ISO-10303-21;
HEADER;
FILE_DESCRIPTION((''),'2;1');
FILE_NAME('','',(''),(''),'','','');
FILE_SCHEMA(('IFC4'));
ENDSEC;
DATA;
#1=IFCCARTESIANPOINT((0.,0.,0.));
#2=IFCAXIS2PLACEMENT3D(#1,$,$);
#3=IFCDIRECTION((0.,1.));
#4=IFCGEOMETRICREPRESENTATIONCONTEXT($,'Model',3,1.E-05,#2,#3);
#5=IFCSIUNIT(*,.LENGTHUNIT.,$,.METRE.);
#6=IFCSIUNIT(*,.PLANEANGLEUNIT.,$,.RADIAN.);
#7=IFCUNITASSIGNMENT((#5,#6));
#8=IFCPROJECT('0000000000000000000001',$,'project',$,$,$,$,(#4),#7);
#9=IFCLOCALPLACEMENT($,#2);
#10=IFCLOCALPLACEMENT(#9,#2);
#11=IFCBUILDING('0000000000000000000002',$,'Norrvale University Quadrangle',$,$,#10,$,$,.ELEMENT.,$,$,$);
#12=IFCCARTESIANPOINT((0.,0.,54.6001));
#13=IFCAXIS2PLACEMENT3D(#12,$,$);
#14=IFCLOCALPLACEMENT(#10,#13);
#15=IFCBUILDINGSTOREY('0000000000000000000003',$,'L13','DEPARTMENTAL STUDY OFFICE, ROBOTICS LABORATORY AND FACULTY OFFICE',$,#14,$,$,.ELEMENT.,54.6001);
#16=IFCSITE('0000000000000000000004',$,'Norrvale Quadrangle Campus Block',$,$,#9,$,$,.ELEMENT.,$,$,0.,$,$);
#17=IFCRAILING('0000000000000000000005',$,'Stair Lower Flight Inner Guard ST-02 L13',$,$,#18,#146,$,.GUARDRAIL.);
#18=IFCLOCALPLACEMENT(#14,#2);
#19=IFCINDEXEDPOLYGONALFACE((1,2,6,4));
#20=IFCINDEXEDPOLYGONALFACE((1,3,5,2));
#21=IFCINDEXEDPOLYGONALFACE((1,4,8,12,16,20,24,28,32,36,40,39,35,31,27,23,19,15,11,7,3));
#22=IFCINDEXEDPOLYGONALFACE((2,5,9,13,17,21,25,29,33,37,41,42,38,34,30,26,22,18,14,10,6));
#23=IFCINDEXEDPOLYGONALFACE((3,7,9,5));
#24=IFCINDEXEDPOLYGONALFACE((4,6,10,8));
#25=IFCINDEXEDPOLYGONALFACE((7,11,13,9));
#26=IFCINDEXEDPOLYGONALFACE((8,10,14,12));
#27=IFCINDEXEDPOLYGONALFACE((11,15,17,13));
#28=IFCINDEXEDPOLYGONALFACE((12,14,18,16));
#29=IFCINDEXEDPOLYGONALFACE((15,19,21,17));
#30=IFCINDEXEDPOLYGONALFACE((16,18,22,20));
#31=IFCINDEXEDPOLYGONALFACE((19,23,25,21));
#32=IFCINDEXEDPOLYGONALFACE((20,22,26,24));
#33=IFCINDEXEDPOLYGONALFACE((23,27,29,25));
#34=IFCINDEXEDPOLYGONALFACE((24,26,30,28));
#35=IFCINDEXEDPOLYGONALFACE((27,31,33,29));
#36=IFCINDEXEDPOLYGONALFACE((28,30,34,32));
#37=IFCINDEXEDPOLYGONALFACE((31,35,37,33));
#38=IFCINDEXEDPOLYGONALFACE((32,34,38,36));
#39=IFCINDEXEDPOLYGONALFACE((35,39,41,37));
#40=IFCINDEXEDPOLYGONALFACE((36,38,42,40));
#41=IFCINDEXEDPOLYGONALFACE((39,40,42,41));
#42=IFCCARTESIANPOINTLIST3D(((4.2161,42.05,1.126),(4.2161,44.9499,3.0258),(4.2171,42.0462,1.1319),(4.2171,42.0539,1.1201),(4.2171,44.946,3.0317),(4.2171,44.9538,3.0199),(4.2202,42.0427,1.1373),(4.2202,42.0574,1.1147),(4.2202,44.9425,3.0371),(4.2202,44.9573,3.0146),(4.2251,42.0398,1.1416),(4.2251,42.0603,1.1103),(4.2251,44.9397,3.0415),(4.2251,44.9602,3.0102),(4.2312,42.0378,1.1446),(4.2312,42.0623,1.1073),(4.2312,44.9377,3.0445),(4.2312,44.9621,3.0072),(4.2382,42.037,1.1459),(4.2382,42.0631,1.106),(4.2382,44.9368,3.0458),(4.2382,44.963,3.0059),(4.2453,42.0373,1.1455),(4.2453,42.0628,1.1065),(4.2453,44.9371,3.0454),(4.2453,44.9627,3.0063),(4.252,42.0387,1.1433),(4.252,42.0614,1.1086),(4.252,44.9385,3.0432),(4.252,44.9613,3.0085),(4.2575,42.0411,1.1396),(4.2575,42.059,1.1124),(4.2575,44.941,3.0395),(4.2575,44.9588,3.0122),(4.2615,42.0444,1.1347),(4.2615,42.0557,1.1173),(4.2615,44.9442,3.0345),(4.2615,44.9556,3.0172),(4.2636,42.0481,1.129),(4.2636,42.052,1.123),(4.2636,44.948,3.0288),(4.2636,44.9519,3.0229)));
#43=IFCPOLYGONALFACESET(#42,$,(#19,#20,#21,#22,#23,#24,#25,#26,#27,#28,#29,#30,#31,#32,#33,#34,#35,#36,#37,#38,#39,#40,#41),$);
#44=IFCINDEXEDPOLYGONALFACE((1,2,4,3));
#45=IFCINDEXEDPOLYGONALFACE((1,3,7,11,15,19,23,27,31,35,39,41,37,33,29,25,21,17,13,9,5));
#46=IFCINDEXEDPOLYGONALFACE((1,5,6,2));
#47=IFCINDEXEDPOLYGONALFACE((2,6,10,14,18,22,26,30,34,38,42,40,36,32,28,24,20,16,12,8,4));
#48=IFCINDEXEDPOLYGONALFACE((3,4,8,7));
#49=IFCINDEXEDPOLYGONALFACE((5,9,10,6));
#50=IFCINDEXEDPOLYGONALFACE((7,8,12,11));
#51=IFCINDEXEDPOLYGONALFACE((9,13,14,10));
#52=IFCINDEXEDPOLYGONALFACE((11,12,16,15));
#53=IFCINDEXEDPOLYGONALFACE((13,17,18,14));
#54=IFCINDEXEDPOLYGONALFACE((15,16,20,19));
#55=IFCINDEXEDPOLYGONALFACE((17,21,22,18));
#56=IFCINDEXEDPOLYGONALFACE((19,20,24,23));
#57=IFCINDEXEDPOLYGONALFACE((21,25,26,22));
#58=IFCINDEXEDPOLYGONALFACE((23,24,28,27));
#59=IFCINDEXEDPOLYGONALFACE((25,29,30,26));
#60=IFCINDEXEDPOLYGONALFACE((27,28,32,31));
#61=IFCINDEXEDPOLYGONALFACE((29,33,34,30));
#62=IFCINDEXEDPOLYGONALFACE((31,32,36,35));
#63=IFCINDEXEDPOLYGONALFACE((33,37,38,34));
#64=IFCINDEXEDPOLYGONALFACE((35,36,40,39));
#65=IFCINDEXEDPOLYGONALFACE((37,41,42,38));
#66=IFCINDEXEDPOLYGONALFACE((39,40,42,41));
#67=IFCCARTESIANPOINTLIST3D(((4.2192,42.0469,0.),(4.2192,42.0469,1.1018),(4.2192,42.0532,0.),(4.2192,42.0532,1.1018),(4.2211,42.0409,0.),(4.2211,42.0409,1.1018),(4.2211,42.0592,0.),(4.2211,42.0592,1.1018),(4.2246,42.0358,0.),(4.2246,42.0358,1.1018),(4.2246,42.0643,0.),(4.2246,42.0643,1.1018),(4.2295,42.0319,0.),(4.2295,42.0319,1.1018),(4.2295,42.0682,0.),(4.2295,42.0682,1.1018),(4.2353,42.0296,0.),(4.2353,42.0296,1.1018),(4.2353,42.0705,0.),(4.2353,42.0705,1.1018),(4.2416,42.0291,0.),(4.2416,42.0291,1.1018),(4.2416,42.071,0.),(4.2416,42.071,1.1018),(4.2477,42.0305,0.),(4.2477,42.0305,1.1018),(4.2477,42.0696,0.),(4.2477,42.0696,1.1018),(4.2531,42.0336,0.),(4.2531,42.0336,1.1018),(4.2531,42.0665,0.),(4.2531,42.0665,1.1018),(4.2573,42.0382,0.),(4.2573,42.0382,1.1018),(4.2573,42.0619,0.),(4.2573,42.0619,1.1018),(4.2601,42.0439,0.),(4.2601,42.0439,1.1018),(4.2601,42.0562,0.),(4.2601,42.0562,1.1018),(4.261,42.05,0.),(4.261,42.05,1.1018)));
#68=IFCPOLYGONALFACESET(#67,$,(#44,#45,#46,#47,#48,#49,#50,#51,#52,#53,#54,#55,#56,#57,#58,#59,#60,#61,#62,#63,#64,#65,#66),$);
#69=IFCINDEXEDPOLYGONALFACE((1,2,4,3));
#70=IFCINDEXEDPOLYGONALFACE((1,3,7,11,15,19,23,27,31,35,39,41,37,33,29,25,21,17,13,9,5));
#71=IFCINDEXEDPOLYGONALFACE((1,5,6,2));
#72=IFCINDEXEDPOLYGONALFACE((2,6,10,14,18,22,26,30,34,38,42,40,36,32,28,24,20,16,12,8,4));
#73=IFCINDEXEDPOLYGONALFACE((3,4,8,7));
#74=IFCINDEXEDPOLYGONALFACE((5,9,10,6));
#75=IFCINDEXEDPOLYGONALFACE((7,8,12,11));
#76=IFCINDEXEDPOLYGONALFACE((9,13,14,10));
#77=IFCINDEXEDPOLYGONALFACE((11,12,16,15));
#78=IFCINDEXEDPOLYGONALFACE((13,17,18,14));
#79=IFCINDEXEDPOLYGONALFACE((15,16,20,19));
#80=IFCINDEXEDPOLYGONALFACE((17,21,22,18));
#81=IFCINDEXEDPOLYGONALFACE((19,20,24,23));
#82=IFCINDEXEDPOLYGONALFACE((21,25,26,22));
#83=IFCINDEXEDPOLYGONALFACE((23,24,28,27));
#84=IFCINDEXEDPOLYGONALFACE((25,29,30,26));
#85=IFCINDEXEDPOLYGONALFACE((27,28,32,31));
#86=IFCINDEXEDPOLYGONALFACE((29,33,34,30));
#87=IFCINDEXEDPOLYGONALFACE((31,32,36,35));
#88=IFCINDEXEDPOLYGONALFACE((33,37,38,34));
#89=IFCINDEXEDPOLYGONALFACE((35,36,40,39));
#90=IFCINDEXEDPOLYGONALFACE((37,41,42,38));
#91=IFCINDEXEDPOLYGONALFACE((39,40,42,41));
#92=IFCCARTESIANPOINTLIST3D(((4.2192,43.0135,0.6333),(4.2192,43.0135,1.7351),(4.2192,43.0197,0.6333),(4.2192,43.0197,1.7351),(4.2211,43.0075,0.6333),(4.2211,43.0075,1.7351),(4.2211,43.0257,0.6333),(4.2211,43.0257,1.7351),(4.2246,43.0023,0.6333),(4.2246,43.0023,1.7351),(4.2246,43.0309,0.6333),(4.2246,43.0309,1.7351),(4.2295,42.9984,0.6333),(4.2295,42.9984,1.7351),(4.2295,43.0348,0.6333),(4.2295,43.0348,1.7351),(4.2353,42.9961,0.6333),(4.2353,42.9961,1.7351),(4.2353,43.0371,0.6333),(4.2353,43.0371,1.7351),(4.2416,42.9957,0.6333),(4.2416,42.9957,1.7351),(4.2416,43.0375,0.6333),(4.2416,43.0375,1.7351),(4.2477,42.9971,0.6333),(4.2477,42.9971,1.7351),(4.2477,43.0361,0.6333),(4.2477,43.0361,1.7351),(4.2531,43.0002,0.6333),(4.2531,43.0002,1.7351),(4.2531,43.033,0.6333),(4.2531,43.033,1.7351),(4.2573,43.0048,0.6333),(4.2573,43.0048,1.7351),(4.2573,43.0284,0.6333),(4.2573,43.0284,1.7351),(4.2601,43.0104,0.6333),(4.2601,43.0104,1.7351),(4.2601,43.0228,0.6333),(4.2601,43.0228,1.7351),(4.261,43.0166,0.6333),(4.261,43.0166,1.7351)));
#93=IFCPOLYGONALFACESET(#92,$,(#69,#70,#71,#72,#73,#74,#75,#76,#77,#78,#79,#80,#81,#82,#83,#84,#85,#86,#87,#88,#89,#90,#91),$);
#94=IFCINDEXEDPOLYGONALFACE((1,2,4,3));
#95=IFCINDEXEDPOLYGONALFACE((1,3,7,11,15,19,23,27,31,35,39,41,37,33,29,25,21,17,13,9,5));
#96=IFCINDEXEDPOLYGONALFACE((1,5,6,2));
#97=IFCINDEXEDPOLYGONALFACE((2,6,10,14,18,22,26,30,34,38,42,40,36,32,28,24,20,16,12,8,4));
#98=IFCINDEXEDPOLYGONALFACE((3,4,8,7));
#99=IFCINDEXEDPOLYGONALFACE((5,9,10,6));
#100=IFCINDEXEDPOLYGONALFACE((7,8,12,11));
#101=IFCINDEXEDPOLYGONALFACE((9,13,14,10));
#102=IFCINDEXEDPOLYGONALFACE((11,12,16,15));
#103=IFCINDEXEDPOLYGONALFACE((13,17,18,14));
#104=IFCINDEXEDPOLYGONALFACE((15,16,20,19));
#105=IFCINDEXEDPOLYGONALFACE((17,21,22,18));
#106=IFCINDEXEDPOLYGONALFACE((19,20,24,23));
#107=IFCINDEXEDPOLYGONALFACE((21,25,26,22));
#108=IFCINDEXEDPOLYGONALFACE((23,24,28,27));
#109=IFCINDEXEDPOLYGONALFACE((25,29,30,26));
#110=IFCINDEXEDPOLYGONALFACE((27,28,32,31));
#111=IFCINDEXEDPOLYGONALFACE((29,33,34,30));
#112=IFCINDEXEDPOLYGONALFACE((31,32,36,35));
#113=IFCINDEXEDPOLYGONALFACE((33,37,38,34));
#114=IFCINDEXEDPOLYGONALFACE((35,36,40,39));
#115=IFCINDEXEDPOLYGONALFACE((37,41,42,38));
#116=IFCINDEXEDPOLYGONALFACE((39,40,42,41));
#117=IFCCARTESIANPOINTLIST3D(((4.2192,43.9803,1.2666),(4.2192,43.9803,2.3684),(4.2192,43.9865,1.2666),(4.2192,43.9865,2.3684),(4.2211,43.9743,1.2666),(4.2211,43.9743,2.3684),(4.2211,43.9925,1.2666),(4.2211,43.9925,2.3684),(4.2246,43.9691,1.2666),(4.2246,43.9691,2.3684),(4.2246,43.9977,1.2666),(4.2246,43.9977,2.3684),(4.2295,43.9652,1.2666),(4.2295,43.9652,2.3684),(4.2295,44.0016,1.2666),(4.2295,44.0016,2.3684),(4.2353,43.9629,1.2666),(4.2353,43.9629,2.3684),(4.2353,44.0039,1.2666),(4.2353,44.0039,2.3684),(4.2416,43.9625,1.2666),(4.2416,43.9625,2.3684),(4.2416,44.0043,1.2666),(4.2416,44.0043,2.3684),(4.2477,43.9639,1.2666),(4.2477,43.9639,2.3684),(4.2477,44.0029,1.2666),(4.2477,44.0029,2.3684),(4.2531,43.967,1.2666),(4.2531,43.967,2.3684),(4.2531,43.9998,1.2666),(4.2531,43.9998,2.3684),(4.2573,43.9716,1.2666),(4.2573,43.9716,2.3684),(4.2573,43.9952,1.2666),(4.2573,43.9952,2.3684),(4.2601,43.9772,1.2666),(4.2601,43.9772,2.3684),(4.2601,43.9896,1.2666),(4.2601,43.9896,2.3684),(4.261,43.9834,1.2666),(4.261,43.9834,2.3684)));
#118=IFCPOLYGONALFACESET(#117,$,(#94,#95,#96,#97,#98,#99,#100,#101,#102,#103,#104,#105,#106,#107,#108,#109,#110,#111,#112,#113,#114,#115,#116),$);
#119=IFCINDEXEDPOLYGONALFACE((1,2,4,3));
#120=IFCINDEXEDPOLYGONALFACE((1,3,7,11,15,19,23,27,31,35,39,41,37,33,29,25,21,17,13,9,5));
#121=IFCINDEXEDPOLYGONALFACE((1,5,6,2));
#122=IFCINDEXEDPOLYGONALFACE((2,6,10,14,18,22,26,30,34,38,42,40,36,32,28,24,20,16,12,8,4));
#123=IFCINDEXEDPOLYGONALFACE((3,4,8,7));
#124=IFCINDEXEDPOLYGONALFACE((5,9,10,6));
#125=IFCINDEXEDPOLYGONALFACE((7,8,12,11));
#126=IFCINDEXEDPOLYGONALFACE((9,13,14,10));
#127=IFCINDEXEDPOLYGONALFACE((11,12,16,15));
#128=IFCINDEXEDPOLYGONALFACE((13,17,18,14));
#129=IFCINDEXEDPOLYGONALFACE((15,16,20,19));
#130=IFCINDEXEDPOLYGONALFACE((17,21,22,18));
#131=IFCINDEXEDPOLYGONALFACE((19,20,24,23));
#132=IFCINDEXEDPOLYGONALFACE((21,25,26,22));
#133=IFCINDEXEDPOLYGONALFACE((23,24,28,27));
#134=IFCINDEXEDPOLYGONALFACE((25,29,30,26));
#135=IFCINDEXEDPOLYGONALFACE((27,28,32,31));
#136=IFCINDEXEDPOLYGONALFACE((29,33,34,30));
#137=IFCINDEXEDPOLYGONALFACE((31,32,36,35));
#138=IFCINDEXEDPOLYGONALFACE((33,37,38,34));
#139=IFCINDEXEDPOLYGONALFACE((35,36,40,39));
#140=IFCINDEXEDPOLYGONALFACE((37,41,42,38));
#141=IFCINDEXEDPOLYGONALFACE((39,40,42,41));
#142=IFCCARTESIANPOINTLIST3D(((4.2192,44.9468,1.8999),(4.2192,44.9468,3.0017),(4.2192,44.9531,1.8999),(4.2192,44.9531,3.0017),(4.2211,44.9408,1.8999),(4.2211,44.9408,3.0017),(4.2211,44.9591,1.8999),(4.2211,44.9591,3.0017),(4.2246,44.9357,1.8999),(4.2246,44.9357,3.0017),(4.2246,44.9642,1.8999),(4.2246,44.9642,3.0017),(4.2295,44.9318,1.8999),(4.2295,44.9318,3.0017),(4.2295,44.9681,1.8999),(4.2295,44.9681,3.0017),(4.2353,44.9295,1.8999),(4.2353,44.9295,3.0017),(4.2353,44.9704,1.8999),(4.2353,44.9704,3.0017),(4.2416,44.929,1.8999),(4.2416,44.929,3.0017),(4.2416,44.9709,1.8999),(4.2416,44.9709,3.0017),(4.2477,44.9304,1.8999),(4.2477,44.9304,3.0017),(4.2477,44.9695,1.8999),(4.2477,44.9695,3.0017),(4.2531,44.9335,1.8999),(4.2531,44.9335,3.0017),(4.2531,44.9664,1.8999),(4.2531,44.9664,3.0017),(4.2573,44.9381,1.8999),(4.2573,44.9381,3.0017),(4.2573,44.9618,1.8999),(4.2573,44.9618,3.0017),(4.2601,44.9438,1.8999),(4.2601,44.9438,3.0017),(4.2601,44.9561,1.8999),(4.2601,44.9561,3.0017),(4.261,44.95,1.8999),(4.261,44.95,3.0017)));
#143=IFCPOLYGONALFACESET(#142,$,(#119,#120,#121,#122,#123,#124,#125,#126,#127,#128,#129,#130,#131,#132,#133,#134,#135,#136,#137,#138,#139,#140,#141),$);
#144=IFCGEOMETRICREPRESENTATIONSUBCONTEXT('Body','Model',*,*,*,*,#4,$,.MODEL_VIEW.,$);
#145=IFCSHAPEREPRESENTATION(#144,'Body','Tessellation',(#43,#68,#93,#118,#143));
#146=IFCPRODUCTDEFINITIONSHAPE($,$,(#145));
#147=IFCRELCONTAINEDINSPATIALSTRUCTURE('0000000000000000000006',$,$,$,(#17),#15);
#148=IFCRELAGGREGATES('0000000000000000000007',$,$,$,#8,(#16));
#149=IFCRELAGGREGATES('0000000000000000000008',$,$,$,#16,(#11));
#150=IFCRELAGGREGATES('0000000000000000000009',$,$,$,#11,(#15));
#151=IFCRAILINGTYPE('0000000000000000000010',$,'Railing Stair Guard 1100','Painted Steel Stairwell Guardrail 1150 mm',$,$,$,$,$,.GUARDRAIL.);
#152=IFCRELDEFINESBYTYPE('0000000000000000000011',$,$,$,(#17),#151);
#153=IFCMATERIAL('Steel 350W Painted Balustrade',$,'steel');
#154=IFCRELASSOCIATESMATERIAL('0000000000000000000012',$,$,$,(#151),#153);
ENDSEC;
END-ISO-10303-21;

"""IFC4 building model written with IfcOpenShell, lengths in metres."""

from ifc_helpers import new_model, si_unit, direction, frame, origin, origin_2d, place, context, subcontext, project, spatial, circle, extrude, material, type_object, element, save


model = new_model("IFC4")

# Units and contexts
model_context = context("Model", 3, precision=1e-05, world=origin(), true_north=direction((0.0, 1.0)))
body_context = subcontext(model_context, "Body", "Model", "MODEL_VIEW")
ifc_project = project(units=[si_unit("LENGTHUNIT", "METRE"), si_unit("PLANEANGLEUNIT", "RADIAN")], contexts=[model_context])

# Site, building, storey
site_placement = place(None, origin())
site = spatial("IfcSite", under=ifc_project, at=site_placement, Name="Norrvale Quadrangle Campus Block", CompositionType="ELEMENT", RefElevation=0.0)
building_placement = place(site_placement, origin())
building = spatial("IfcBuilding", under=site, at=building_placement, Name="Norrvale University Quadrangle", CompositionType="ELEMENT")
storey_placement = place(building_placement, frame((0.0, 0.0, 54.6001)))
storey = spatial("IfcBuildingStorey", under=building, at=storey_placement, Name="L13", Description="DEPARTMENTAL STUDY OFFICE, ROBOTICS LABORATORY AND FACULTY OFFICE", CompositionType="ELEMENT", Elevation=54.6001)

# Railing
ifc_material_1 = material(Name="Steel 350W Painted Balustrade", Category="steel")
railing_type_1 = type_object("IfcRailingType", Name="Railing Stair Guard 1100", Description="Painted Steel Stairwell Guardrail 1150 mm", PredefinedType="GUARDRAIL", material=ifc_material_1)
railing_1_placement = place(storey_placement, frame((4.24, 42.05, 0.0)))
element("IfcRailing", 1, at=railing_1_placement, inside=storey, type_object=railing_type_1, Name="Stair Lower Flight Inner Guard ST-02 L13", PredefinedType="GUARDRAIL", context=body_context, shape_type="SweptSolid", body=[
    extrude(circle(Radius=0.0239, at=origin_2d()), frame((0.0, 0.0, 1.126), z_axis=(0.0, 0.836466, 0.548019), x_axis=(-1.0, 0.0, 0.0)), (0.0, 0.0, 1.0), 3.4668),
    extrude(circle(Radius=0.021, at=origin_2d()), origin(), (0.0, 0.0, 1.0), 1.1018),
    extrude(circle(Radius=0.021, at=origin_2d()), frame((0.0, 0.9666, 0.6333)), (0.0, 0.0, 1.0), 1.1018),
    extrude(circle(Radius=0.021, at=origin_2d()), frame((0.0, 1.9333, 1.2666)), (0.0, 0.0, 1.0), 1.1018),
    extrude(circle(Radius=0.021, at=origin_2d()), frame((0.0, 2.8999, 1.8999)), (0.0, 0.0, 1.0), 1.1018),
])

save(model, "model.ifc")
